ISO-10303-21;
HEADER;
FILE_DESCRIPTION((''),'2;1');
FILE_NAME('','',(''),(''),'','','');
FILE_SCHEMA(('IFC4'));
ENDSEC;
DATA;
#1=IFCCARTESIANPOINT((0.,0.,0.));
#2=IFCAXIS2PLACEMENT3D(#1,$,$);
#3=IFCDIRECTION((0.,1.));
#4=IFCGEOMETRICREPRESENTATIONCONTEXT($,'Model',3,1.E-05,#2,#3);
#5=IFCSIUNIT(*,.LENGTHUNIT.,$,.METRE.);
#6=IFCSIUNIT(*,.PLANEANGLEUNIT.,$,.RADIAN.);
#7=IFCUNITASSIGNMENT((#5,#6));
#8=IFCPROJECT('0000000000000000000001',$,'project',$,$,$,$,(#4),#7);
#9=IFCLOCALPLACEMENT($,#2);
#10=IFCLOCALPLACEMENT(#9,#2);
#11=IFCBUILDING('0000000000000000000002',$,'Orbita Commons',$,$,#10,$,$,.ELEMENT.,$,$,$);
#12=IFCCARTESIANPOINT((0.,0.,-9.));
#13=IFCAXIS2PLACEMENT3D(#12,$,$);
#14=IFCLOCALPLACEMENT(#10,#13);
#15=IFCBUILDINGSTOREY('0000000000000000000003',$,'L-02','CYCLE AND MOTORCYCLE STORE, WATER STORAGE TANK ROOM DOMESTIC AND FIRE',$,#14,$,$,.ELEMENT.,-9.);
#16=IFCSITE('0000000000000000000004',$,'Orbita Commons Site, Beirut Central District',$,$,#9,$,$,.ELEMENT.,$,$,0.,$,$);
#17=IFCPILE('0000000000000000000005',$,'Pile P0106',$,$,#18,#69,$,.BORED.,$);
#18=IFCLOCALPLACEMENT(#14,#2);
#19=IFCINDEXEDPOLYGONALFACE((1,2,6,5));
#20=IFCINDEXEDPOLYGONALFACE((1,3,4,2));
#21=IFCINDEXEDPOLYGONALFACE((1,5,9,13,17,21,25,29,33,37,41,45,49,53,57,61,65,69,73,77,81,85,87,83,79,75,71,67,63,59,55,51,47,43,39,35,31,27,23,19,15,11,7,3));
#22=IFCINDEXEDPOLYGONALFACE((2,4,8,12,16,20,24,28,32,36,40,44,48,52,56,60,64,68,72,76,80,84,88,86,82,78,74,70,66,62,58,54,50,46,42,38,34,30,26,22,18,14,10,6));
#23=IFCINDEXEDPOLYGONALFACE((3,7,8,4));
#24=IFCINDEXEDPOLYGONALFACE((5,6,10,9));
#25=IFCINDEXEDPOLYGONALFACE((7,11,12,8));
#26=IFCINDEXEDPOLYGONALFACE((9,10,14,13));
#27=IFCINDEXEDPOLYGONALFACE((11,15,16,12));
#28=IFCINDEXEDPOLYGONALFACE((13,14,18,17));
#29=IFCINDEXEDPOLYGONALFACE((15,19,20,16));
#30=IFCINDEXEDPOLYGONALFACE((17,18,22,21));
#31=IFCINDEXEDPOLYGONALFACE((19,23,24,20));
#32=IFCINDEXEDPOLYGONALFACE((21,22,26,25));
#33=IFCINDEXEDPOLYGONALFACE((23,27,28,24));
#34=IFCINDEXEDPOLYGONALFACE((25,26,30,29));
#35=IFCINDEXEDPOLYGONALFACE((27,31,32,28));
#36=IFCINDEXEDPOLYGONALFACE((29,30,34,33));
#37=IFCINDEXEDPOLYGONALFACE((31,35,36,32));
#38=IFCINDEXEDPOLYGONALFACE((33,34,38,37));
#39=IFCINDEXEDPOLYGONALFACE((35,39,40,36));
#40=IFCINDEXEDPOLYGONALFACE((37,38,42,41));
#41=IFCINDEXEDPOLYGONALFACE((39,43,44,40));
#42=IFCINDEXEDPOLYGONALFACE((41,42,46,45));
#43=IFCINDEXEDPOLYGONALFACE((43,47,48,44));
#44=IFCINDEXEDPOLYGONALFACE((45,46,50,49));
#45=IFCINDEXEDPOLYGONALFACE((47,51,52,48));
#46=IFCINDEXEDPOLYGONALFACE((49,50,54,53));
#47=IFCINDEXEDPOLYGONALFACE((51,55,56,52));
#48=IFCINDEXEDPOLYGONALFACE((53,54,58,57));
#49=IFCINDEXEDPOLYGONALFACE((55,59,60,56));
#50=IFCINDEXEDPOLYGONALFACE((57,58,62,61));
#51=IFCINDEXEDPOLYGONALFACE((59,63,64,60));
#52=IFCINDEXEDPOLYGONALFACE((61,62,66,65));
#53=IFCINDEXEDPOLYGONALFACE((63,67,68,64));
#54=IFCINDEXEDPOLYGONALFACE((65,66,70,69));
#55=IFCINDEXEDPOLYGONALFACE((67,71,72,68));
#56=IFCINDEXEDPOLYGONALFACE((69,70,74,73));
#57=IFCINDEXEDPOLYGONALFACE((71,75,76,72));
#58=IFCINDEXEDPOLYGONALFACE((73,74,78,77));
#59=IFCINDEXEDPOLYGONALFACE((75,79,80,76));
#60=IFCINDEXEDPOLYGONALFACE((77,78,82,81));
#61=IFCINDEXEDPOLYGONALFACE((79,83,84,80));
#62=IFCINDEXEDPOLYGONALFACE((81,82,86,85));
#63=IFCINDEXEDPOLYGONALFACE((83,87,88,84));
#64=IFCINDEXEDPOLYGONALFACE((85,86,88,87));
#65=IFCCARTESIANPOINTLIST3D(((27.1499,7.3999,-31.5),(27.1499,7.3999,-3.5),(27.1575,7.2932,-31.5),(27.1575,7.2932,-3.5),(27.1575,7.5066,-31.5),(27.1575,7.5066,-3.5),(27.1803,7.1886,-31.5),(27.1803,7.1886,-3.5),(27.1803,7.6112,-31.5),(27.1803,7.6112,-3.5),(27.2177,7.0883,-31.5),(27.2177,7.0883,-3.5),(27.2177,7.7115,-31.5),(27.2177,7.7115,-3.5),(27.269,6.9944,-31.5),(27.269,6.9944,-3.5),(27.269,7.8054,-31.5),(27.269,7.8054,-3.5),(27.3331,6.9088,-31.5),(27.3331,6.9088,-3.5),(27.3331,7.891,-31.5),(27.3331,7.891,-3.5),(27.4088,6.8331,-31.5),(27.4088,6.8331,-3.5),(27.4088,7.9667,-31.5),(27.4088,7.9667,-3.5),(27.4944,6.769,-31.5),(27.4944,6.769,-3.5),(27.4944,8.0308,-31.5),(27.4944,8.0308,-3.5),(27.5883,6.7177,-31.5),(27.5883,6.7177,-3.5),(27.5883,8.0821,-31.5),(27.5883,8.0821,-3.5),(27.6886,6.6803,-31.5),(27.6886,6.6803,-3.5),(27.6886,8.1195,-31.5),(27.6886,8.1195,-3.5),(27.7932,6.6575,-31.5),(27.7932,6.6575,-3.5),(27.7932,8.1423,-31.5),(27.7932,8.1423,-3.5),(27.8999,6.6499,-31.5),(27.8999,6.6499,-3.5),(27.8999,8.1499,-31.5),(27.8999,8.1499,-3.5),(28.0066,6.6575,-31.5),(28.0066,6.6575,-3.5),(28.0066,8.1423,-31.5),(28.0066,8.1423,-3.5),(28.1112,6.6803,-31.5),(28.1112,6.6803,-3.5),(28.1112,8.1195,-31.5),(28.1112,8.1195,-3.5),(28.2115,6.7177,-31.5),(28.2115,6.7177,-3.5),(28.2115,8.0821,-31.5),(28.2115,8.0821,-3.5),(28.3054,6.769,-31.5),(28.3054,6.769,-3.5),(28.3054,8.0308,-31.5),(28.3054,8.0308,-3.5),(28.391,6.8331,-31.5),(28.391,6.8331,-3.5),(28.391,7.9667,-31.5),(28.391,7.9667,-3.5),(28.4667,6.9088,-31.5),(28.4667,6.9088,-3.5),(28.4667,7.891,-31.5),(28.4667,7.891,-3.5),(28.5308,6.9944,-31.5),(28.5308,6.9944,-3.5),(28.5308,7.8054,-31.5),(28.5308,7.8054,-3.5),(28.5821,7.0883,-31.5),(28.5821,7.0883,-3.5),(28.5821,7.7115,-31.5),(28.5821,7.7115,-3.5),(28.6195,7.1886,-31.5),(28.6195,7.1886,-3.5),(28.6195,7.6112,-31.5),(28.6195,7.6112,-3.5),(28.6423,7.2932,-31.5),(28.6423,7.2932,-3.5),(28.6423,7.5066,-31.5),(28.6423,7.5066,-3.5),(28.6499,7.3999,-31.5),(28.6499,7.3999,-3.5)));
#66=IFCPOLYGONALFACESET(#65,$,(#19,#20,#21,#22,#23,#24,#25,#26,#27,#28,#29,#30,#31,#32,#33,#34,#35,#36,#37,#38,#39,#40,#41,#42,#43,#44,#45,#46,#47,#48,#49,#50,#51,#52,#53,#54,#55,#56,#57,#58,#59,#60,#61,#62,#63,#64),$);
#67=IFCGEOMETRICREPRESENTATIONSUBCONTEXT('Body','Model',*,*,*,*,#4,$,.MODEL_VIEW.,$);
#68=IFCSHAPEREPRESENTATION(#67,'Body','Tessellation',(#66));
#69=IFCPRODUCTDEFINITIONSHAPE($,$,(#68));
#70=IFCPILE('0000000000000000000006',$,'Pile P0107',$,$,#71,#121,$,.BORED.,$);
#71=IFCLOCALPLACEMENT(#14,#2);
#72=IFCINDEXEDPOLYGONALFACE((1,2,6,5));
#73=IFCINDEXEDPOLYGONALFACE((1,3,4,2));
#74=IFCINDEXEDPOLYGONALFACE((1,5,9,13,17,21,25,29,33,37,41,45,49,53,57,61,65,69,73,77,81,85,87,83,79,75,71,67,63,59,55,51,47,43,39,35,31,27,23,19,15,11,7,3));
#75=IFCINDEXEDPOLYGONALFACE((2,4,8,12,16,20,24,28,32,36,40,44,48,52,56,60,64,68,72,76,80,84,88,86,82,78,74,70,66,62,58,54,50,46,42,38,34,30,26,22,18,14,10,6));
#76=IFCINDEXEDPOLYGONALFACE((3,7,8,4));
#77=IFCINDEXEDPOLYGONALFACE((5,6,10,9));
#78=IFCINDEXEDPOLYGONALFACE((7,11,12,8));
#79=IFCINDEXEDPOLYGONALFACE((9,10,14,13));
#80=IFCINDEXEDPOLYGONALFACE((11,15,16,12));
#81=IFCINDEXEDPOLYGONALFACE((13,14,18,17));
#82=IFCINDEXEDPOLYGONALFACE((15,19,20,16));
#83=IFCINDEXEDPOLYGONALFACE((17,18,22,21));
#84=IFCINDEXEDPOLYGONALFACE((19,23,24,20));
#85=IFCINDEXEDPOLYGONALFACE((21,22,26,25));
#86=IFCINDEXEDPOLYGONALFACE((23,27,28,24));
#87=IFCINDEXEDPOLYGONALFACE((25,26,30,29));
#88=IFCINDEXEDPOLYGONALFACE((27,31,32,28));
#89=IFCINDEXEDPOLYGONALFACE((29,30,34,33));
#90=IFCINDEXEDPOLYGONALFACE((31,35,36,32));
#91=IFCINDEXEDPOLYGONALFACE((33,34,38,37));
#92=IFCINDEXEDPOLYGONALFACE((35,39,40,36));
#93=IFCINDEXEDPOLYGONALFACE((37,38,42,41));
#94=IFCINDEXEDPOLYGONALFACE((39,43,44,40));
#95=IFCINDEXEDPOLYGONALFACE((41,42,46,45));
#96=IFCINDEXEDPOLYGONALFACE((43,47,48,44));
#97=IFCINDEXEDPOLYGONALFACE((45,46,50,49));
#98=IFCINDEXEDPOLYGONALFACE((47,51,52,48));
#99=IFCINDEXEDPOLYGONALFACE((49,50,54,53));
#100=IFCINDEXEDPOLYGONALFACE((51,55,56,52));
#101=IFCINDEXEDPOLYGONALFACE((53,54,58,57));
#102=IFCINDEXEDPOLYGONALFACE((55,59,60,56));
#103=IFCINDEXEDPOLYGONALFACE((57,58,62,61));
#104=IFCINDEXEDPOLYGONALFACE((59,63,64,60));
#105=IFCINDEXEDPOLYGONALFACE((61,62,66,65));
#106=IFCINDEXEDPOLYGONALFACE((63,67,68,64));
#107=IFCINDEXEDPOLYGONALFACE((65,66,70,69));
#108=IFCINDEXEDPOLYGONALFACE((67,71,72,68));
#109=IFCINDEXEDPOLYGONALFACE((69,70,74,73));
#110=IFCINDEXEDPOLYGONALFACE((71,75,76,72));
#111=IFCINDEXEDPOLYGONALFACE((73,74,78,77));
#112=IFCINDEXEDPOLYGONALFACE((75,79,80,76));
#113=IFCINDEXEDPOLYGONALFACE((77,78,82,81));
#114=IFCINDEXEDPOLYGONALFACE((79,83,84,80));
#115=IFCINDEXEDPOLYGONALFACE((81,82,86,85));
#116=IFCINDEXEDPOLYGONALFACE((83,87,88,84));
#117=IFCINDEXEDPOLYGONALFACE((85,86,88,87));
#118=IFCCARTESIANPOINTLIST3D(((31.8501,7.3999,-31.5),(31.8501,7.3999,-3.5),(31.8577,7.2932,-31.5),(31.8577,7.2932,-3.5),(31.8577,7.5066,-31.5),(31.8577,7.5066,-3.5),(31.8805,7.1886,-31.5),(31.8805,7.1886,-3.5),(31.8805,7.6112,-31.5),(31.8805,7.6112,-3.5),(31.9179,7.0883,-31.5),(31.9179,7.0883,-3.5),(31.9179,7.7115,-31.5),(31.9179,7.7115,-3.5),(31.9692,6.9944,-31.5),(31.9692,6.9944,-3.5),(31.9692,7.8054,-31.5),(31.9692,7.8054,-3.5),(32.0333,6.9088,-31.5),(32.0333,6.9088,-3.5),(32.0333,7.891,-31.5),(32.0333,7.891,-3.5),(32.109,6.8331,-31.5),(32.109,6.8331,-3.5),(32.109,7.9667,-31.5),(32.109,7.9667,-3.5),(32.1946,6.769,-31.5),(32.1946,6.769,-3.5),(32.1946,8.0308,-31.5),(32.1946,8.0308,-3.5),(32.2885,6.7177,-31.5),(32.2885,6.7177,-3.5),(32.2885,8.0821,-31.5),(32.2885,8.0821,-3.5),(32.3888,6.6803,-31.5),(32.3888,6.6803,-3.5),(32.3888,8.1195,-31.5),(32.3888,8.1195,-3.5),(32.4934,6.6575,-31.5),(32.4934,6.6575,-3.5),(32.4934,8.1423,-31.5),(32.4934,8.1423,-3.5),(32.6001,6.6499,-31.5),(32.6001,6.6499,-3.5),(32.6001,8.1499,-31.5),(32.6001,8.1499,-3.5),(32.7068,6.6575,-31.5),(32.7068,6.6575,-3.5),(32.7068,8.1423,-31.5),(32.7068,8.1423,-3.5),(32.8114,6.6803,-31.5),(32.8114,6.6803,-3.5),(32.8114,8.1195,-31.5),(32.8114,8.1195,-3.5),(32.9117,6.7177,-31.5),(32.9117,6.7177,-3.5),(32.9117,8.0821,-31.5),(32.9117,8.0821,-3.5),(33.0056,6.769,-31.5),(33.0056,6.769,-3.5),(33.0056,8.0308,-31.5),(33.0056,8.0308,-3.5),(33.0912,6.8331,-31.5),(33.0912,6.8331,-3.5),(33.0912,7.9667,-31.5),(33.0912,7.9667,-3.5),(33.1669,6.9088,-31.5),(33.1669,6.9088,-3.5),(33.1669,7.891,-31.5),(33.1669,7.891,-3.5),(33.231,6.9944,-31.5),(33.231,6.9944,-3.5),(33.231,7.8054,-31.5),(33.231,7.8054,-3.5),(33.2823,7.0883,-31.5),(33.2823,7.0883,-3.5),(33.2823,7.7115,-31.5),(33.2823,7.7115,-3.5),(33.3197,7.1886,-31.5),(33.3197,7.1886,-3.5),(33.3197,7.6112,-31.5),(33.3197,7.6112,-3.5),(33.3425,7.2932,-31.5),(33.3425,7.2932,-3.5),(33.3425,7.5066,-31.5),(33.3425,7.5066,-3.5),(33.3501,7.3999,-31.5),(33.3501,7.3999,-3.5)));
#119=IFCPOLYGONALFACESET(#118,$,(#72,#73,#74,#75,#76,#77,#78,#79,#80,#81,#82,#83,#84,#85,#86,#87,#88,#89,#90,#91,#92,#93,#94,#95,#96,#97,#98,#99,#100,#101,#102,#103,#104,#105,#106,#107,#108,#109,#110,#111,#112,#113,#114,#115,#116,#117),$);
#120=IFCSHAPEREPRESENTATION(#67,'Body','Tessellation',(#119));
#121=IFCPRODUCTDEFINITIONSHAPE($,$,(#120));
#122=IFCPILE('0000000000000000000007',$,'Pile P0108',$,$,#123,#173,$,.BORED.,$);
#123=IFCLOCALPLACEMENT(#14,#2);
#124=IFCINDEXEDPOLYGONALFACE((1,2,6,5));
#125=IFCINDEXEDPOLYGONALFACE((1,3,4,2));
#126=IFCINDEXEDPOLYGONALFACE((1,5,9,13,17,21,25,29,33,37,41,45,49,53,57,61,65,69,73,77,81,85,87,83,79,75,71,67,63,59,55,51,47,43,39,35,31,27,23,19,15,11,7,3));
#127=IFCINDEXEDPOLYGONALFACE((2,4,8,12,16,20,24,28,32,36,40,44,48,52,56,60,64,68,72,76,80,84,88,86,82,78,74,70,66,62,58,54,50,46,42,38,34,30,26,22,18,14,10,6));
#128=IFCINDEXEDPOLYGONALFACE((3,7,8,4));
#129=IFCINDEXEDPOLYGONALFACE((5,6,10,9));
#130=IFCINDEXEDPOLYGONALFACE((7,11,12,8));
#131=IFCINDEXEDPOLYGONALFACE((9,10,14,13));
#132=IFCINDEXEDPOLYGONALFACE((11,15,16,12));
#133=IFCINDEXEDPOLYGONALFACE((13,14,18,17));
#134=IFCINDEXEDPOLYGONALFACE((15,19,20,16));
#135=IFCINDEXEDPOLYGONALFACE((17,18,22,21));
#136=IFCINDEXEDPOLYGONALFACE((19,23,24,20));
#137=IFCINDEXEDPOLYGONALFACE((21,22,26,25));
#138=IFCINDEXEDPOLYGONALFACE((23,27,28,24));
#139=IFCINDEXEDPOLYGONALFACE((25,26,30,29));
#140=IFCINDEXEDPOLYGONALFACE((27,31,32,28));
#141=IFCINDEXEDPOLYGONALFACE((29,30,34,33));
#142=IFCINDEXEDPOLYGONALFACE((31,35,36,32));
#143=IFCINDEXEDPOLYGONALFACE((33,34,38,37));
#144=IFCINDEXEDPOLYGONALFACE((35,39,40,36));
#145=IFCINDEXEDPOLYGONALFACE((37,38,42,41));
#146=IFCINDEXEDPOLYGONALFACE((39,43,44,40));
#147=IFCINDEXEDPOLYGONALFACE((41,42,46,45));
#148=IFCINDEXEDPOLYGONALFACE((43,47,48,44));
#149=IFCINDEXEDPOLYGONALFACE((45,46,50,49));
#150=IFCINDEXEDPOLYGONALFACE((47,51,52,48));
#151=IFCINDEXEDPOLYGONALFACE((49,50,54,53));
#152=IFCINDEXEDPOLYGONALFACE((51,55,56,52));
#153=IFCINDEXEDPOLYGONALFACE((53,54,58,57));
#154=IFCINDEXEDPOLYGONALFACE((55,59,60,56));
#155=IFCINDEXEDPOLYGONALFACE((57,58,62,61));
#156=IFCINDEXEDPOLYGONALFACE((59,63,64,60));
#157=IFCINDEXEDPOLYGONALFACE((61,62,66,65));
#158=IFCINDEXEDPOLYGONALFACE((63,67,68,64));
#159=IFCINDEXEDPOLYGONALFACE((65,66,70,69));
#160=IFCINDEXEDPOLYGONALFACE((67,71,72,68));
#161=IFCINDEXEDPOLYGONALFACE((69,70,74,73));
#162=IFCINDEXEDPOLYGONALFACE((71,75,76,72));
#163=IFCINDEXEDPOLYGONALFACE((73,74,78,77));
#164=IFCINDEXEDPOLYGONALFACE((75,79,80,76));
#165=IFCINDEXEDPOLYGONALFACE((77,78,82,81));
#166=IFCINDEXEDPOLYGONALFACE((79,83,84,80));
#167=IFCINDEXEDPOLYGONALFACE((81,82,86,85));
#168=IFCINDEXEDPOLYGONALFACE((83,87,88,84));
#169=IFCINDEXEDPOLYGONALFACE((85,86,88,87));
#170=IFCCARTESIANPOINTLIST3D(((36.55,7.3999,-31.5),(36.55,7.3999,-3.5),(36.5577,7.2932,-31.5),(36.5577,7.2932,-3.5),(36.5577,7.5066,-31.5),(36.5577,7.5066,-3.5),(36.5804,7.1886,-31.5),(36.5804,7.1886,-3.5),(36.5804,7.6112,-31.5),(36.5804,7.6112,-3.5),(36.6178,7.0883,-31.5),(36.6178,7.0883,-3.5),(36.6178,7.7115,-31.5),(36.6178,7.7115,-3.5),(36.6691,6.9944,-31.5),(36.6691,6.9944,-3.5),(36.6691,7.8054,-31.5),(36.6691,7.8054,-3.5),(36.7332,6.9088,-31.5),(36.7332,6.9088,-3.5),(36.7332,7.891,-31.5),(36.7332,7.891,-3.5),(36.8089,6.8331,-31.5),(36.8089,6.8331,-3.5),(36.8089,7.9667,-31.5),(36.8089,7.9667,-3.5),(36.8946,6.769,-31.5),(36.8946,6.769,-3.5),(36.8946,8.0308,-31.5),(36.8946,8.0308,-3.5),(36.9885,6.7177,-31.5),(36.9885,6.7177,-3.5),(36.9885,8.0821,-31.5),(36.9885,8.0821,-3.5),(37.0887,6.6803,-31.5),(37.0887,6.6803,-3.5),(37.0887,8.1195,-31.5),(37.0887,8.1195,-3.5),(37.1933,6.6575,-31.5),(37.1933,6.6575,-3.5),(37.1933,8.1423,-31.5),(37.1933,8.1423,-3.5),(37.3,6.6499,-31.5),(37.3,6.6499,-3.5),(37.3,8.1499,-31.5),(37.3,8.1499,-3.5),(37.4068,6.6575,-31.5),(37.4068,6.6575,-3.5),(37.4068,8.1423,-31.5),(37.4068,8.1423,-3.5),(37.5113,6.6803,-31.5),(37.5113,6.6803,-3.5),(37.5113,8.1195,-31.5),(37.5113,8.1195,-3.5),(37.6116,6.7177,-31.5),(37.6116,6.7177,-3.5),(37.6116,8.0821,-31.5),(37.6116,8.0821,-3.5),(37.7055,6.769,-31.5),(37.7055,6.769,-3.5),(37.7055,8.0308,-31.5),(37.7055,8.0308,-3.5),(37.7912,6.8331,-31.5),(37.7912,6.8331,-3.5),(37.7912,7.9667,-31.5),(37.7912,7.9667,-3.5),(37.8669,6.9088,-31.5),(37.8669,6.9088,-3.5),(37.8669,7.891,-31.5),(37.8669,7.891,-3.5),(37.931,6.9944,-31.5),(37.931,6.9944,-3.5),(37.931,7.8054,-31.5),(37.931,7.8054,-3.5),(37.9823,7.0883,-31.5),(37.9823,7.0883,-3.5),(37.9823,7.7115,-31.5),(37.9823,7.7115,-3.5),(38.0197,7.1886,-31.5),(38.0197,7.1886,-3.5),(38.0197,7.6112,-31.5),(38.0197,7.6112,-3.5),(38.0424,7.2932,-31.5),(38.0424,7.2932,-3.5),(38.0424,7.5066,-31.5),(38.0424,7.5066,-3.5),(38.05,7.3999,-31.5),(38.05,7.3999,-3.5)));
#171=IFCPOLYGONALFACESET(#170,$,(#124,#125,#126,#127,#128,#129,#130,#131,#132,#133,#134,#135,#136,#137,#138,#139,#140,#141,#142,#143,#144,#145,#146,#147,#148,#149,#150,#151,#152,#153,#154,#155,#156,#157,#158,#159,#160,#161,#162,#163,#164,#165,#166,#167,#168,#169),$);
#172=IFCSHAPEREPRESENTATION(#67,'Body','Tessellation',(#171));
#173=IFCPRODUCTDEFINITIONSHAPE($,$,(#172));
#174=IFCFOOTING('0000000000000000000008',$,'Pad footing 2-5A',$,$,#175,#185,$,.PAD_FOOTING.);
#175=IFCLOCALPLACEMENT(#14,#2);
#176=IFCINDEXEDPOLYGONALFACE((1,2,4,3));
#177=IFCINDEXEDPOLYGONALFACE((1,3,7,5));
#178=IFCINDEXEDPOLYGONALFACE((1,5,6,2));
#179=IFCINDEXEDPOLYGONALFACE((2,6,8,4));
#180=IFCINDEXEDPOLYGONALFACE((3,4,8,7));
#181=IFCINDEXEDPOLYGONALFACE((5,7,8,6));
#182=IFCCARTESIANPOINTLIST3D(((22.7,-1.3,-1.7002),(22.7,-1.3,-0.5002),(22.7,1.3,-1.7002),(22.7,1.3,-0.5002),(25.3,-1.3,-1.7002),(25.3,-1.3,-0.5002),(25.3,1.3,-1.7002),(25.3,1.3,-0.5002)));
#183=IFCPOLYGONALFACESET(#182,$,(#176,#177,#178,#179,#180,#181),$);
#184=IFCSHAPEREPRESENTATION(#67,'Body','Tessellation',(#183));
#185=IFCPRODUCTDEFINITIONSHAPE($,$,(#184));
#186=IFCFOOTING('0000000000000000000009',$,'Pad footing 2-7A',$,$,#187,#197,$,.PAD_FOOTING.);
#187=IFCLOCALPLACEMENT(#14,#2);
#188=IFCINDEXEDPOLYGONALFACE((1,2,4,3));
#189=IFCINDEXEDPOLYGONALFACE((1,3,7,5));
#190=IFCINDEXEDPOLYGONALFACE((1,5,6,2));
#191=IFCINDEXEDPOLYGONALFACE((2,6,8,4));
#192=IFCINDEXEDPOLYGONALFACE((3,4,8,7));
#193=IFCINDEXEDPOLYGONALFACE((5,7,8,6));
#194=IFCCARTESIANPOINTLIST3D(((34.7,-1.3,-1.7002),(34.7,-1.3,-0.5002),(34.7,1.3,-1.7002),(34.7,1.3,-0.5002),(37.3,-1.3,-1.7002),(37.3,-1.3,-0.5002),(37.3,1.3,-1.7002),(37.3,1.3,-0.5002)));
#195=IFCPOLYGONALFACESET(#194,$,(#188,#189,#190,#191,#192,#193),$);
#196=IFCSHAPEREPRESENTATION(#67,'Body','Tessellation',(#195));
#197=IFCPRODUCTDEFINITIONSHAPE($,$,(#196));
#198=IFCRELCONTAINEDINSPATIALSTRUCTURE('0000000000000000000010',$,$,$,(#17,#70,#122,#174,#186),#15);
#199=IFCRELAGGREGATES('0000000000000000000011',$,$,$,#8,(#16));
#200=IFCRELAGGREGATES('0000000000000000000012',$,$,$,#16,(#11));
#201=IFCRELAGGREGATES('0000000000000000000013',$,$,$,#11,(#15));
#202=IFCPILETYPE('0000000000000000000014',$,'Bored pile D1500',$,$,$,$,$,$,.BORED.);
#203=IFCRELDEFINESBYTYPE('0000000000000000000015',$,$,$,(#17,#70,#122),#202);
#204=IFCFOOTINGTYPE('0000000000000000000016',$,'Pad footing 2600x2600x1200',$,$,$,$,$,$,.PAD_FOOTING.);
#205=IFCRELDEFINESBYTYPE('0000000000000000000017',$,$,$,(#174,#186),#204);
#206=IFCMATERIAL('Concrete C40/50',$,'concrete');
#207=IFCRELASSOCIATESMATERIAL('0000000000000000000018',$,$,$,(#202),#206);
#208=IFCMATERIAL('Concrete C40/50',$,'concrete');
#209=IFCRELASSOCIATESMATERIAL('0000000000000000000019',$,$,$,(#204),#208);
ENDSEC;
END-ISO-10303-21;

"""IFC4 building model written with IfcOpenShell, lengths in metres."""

from ifc_helpers import new_model, si_unit, direction, frame, origin, origin_2d, place, context, subcontext, project, spatial, rectangle, circle, extrude, material, material_profile, profile_set, type_object, element, save


model = new_model("IFC4")

# Units and contexts
model_context = context("Model", 3, precision=1e-05, world=origin(), true_north=direction((0.0, 1.0)))
body_context = subcontext(model_context, "Body", "Model", "MODEL_VIEW")
ifc_project = project(units=[si_unit("LENGTHUNIT", "METRE"), si_unit("PLANEANGLEUNIT", "RADIAN")], contexts=[model_context])

# Site, building, storey
site_placement = place(None, origin())
site = spatial("IfcSite", under=ifc_project, at=site_placement, Name="Orbita Commons Site, Beirut Central District", CompositionType="ELEMENT", RefElevation=0.0)
building_placement = place(site_placement, origin())
building = spatial("IfcBuilding", under=site, at=building_placement, Name="Orbita Commons", CompositionType="ELEMENT")
storey_placement = place(building_placement, frame((0.0, 0.0, -9.0)))
storey = spatial("IfcBuildingStorey", under=building, at=storey_placement, Name="L-02", Description="CYCLE AND MOTORCYCLE STORE, WATER STORAGE TANK ROOM DOMESTIC AND FIRE", CompositionType="ELEMENT", Elevation=-9.0)

# Piles
ifc_material_1 = material(Name="Concrete C40/50", Category="concrete")
ifc_material_profile_1 = material_profile(ifc_material_1, circle(Radius=0.75, at=origin_2d()), Name="RC D1500")
ifc_profile_set_1 = profile_set([ifc_material_profile_1], Name="Concrete C40/50")
pile_type = type_object("IfcPileType", Name="Bored pile D1500", PredefinedType="BORED", material=ifc_profile_set_1)
for number, where, z_axis, x_axis, name in (
    (1, (27.8999, 7.3999, -3.5), (0.0, 0.0, -1.0), (1.0, 0.0, 0.0), "Pile P0106"),
    (2, (32.6001, 7.3999, -3.5), (0.0, 0.0, -1.0), (1.0, 0.0, 0.0), "Pile P0107"),
    (3, (37.3, 7.3999, -3.5), (0.0, 0.0, -1.0), (1.0, 0.0, 0.0), "Pile P0108"),
):
    element("IfcPile", number, at=place(storey_placement, frame(where, z_axis=z_axis, x_axis=x_axis)), inside=storey, type_object=pile_type, Name=name, PredefinedType="BORED", context=body_context, shape_type="SweptSolid", body=[
        extrude(circle(Radius=0.75, at=origin_2d()), origin(), (0.0, 0.0, 1.0), 28.0),
    ])

# Footings
ifc_material_2 = material(Name="Concrete C40/50", Category="concrete")
footing_type = type_object("IfcFootingType", Name="Pad footing 2600x2600x1200", PredefinedType="PAD_FOOTING", material=ifc_material_2)
for number, where, z_axis, x_axis, name in (
    (4, (24.0, 0.0, -1.7002), (0.0, 0.0, 1.0), (1.0, 0.0, 0.0), "Pad footing 2-5A"),
    (5, (36.0, 0.0, -1.7002), (0.0, 0.0, 1.0), (1.0, 0.0, 0.0), "Pad footing 2-7A"),
):
    element("IfcFooting", number, at=place(storey_placement, frame(where, z_axis=z_axis, x_axis=x_axis)), inside=storey, type_object=footing_type, Name=name, PredefinedType="PAD_FOOTING", context=body_context, shape_type="SweptSolid", body=[
        extrude(rectangle(XDim=2.6001, YDim=2.6001, at=origin_2d()), origin(), (0.0, 0.0, 1.0), 1.2),
    ])

save(model, "model.ifc")
